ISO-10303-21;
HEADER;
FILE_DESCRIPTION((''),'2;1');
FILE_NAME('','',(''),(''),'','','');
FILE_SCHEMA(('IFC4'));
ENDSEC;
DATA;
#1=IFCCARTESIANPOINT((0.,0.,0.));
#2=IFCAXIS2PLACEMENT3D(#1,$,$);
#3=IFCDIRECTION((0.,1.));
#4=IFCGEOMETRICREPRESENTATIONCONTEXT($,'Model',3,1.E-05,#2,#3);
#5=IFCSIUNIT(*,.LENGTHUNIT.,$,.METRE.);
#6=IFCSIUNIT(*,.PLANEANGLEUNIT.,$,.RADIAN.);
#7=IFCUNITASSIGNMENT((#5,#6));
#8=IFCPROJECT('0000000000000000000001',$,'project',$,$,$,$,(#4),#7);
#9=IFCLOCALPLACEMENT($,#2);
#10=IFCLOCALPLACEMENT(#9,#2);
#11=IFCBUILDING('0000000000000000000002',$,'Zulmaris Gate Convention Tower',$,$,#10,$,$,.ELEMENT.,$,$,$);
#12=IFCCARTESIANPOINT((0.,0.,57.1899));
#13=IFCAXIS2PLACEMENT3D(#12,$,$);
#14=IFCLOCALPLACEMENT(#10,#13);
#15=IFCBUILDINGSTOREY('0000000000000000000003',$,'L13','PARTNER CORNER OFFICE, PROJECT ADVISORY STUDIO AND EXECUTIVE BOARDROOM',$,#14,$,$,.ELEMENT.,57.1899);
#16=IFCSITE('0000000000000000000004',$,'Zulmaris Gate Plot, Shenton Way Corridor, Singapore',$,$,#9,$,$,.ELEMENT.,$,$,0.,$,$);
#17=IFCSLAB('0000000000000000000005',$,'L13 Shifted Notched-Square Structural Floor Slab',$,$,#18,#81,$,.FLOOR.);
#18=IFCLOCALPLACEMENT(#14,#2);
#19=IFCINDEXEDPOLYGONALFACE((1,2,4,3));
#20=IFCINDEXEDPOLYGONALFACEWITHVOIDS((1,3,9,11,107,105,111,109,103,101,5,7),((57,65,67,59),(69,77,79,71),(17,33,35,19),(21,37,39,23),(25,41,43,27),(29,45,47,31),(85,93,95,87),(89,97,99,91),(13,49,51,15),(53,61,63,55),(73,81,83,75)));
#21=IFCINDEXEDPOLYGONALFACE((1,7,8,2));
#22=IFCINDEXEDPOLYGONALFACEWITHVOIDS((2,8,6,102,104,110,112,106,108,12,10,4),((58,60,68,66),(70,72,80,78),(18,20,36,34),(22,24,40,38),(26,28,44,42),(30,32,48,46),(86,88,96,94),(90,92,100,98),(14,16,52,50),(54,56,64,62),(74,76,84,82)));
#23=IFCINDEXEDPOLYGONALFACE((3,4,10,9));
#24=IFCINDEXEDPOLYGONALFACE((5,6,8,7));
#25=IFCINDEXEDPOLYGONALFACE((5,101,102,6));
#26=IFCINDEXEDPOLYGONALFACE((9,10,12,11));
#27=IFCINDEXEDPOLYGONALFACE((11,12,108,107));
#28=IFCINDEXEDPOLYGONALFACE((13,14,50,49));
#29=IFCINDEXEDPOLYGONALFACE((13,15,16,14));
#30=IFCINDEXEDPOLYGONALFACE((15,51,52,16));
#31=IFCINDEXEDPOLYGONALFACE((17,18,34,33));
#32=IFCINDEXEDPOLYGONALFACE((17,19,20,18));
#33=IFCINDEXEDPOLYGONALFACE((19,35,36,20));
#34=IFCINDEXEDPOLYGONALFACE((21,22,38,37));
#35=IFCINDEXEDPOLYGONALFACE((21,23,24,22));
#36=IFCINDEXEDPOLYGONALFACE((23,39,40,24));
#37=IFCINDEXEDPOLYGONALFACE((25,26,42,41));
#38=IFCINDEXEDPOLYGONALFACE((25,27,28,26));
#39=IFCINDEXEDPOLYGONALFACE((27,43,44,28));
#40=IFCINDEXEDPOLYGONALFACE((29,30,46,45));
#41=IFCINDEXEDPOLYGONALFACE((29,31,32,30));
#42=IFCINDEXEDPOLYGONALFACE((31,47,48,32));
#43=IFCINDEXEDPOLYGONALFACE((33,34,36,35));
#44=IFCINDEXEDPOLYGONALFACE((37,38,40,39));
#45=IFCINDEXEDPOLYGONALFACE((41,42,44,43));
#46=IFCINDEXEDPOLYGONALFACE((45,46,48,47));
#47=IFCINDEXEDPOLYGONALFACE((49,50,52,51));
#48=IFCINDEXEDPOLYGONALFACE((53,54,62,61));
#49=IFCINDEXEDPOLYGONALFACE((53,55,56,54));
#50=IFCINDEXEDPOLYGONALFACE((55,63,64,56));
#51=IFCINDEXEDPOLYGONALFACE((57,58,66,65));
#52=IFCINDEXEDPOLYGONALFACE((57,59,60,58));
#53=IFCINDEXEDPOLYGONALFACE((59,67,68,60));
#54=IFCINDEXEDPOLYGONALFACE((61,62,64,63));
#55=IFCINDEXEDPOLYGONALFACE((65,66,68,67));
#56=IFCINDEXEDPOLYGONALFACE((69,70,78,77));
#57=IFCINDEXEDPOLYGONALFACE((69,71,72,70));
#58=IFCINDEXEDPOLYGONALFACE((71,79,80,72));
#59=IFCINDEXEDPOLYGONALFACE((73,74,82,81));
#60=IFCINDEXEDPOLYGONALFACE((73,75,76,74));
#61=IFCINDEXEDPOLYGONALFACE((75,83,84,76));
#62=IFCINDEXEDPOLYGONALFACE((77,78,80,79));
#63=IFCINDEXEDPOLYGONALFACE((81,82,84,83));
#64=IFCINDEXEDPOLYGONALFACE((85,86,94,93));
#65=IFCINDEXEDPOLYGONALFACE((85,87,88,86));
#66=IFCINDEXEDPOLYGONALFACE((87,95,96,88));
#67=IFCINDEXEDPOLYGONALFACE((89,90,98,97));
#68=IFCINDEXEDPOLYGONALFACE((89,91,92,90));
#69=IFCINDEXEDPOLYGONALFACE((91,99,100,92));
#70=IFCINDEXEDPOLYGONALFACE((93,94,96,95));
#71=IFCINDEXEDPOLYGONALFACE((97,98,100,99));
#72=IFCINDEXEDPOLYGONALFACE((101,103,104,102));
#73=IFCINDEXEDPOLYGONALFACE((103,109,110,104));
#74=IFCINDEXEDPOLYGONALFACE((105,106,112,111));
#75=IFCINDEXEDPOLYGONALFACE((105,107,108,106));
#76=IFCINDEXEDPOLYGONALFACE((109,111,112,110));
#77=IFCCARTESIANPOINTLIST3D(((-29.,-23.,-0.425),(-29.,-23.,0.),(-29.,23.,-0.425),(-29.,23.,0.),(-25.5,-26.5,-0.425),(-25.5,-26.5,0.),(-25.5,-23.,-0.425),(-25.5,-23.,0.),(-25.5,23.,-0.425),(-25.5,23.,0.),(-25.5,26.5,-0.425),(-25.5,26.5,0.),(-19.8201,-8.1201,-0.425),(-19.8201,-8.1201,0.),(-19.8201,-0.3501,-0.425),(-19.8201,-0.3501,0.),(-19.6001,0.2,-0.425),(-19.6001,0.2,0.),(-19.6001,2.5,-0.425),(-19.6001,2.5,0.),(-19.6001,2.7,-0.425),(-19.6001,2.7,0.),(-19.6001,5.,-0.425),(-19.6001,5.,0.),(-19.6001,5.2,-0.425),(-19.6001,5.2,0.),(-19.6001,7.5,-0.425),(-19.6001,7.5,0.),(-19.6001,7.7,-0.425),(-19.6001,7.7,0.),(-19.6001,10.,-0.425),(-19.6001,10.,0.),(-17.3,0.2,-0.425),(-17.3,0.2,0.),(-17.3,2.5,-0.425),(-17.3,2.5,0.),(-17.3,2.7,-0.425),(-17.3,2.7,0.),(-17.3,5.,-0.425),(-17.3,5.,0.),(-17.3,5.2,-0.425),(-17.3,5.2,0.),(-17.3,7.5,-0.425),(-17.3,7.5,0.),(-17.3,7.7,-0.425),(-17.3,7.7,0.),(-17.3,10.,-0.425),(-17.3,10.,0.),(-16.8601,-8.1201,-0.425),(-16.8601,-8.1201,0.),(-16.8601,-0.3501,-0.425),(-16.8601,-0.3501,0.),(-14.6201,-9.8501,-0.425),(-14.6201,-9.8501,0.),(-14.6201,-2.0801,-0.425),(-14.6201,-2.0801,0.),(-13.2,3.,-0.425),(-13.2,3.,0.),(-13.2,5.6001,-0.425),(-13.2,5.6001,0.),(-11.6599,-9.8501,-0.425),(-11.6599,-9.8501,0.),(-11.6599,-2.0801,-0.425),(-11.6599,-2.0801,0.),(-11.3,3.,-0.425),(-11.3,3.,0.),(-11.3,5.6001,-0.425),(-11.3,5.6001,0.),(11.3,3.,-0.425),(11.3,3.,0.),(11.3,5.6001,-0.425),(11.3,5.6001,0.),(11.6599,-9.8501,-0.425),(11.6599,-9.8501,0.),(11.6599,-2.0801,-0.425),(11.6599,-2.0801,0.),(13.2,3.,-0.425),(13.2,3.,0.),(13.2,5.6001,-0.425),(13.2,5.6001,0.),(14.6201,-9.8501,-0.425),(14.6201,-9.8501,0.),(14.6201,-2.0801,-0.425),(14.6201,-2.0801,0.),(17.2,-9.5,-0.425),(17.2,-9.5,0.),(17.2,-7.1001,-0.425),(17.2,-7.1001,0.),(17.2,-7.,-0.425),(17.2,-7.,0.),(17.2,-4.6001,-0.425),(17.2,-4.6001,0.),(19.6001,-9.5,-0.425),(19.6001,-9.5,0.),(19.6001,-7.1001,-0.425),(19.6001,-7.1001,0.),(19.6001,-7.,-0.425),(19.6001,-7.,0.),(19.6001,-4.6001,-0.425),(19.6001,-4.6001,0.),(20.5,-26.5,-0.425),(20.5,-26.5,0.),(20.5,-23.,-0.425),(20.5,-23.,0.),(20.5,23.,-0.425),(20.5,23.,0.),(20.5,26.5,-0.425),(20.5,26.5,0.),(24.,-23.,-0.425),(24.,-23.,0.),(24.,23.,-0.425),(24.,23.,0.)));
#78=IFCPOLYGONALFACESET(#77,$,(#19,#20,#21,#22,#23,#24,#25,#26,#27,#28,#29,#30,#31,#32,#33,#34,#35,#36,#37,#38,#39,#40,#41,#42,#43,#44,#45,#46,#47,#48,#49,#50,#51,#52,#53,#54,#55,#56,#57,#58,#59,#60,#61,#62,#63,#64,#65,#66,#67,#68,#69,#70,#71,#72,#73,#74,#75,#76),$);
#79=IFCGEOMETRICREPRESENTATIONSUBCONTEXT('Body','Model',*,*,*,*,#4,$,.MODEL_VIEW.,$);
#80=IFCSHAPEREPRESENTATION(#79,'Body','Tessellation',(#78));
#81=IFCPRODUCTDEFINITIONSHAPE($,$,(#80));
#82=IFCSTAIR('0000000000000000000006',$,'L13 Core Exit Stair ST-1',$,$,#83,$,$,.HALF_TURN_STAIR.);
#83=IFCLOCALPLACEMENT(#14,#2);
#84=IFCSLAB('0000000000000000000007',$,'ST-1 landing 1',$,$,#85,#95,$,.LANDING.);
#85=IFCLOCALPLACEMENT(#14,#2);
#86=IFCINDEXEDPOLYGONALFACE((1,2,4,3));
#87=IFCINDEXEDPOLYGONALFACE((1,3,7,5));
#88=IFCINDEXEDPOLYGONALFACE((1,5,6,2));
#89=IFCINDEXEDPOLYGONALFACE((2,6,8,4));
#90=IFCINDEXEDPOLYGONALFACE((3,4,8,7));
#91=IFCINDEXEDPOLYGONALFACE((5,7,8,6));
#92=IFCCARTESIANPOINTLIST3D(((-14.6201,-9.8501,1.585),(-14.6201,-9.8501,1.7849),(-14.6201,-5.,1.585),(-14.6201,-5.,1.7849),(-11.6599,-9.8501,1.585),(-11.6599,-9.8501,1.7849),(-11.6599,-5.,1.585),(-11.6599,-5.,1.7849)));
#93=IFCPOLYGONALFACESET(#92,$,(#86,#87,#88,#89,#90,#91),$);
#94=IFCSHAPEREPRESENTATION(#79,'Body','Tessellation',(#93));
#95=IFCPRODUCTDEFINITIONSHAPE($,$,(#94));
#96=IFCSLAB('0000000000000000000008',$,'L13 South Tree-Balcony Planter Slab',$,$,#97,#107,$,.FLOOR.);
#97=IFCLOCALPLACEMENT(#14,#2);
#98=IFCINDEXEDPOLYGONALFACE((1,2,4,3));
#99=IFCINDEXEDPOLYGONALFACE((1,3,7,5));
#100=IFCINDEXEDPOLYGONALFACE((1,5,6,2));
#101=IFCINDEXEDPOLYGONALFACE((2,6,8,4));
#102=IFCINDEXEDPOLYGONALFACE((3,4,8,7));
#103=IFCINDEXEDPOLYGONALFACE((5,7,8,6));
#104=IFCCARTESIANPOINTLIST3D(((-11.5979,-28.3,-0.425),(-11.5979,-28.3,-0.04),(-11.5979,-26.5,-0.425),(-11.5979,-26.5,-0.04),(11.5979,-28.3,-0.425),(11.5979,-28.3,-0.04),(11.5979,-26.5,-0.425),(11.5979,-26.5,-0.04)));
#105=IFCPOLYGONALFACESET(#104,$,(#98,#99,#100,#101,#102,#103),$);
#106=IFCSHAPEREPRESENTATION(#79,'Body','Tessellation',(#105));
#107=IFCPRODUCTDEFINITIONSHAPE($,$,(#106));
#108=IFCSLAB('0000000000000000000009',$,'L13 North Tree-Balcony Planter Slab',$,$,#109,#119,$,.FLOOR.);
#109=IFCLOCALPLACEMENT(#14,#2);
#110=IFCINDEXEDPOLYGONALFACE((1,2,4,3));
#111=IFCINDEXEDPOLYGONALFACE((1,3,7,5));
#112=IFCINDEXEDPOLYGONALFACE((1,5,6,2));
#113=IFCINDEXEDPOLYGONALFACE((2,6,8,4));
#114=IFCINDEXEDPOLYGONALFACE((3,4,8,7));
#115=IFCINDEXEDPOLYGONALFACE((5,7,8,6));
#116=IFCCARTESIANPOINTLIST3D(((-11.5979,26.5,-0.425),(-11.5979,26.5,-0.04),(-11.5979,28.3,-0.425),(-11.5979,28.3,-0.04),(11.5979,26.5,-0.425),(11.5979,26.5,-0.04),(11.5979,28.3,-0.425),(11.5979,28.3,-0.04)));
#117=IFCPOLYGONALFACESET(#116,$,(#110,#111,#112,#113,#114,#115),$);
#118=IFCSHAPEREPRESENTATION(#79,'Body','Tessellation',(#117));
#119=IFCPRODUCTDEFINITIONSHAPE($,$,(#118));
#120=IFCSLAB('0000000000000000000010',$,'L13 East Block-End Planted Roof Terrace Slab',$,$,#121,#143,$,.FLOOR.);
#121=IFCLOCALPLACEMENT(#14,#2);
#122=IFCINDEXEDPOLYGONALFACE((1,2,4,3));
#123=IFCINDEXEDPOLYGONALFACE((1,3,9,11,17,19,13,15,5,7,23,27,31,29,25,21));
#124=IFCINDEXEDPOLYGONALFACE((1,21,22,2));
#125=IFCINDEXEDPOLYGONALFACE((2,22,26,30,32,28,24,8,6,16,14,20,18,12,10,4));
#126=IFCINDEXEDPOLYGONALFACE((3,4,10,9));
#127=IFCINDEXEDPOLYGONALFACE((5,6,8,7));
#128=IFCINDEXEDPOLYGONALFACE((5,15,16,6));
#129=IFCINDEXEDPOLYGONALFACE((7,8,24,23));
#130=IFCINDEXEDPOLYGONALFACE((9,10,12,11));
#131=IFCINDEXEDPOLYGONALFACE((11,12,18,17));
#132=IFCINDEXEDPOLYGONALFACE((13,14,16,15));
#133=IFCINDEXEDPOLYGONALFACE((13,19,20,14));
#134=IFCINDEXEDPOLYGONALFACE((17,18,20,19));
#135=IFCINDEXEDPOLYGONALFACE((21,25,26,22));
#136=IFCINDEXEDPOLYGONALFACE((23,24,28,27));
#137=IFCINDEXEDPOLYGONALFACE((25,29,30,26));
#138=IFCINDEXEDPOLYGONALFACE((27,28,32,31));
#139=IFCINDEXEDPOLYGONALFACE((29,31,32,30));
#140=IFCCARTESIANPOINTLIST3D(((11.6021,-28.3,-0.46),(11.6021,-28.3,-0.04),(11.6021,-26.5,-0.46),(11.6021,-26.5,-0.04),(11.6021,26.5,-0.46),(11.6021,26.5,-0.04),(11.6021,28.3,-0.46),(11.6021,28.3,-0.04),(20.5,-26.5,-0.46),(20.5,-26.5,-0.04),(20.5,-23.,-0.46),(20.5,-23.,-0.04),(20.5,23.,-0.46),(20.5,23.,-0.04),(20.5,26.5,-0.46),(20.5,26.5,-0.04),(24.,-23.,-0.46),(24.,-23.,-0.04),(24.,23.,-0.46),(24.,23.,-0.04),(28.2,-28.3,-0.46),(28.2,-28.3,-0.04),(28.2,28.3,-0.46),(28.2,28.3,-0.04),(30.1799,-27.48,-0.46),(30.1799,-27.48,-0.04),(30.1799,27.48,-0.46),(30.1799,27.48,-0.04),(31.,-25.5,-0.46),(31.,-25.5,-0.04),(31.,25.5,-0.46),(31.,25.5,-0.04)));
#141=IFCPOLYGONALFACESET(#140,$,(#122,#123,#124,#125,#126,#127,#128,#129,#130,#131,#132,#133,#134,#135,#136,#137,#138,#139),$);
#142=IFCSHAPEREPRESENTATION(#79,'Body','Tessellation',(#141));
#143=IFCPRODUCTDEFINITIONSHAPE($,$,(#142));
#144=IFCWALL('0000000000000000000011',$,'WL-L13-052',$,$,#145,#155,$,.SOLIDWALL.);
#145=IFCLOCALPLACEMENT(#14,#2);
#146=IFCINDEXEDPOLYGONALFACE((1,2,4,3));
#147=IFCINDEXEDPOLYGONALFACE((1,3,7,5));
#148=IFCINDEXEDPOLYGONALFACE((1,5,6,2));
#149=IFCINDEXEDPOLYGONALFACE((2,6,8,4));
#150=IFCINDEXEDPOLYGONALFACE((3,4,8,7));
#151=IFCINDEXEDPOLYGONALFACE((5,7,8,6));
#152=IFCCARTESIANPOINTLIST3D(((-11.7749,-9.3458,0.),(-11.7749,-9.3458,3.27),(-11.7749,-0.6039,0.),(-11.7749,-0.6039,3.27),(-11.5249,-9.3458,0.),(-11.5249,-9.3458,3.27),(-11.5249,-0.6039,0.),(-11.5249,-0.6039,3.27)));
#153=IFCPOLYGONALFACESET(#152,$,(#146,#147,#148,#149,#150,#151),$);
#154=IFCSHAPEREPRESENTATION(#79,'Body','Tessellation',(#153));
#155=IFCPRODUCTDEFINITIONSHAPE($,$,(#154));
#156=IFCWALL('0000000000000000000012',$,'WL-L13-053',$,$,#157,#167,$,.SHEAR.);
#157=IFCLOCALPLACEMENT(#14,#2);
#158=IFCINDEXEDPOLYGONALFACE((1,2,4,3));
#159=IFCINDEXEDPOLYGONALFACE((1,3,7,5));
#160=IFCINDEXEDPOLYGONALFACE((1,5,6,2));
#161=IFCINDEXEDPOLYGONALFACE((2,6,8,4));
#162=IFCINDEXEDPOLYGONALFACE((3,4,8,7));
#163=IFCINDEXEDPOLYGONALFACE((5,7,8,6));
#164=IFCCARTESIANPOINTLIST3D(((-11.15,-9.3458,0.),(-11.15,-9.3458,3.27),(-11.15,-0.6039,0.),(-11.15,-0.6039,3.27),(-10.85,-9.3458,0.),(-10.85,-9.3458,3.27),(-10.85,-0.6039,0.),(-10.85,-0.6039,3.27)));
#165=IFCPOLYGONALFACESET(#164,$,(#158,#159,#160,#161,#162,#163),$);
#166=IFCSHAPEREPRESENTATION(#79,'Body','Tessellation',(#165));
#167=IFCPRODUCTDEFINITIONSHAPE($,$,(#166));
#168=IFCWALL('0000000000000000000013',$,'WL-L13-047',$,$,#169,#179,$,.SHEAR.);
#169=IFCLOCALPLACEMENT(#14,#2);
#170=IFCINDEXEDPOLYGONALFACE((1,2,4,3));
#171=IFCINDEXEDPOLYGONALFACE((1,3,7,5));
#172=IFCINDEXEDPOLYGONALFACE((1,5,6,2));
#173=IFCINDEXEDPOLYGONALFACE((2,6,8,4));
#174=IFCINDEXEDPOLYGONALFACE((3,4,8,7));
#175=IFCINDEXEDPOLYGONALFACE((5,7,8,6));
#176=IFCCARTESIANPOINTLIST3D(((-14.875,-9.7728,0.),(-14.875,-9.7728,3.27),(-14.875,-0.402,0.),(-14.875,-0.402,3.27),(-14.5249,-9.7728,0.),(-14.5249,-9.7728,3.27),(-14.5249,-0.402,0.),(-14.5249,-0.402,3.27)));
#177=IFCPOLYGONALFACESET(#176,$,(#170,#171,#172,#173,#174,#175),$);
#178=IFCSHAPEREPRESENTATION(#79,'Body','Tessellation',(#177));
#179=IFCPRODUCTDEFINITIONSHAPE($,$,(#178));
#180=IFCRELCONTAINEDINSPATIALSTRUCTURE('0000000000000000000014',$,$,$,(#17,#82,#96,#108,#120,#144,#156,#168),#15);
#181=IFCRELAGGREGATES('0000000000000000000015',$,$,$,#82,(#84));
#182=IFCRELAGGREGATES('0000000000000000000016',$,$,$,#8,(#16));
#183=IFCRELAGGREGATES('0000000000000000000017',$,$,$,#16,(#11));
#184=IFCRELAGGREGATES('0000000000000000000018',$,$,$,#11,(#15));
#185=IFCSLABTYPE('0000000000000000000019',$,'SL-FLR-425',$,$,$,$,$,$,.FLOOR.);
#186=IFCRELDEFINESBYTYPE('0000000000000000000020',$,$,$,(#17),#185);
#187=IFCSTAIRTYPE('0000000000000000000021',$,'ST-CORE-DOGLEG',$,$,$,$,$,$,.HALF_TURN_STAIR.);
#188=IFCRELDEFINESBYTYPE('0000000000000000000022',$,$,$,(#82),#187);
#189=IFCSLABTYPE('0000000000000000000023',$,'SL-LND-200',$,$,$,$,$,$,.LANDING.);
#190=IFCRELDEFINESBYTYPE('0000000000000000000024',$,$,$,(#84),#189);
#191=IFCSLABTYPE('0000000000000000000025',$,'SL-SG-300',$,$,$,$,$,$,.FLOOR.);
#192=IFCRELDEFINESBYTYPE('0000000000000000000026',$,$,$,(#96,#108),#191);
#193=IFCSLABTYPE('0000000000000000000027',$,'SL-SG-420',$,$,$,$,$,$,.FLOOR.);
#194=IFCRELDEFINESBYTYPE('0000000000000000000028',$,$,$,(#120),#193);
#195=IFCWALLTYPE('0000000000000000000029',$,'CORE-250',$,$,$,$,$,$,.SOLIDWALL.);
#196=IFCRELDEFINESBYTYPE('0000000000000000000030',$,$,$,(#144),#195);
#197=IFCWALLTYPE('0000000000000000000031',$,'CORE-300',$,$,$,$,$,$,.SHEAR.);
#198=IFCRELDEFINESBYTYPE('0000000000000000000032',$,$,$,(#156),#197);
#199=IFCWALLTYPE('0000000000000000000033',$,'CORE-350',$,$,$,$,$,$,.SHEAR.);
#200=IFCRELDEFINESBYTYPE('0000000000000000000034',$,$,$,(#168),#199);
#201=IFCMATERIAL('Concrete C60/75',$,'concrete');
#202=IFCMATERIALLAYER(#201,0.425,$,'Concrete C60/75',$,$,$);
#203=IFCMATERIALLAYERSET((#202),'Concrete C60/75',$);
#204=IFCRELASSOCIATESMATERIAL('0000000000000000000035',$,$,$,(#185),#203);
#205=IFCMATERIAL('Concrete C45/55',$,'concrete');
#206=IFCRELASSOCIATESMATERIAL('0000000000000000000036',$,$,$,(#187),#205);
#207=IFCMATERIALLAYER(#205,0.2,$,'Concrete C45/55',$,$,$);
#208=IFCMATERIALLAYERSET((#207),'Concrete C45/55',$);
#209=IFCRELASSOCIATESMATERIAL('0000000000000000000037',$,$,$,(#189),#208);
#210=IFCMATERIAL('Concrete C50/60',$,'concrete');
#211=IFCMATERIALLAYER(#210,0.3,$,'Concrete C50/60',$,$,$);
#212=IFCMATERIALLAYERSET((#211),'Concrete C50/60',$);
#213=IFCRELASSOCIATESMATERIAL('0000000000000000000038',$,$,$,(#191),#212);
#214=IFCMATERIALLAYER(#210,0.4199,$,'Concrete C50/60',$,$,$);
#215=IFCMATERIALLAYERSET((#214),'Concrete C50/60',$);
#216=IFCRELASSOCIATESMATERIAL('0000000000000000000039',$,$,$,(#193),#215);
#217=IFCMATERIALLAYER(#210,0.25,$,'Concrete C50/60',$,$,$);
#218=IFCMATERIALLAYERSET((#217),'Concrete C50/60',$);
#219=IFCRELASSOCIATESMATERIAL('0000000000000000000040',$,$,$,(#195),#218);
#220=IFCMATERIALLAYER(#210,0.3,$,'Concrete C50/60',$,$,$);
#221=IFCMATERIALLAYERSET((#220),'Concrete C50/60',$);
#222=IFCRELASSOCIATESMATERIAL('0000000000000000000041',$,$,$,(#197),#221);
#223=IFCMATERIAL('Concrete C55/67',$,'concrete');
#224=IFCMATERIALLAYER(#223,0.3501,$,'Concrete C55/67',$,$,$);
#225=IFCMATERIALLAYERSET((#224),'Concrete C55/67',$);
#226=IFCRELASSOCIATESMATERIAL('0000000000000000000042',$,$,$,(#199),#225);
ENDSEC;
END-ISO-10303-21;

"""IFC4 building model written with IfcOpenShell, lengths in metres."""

from ifc_helpers import new_model, si_unit, direction, frame, frame_2d, origin, place, context, subcontext, project, spatial, polyline, rectangle, outline, extrude, material, layer, layer_set, type_object, element, aggregate, save


model = new_model("IFC4")

# Units and contexts
model_context = context("Model", 3, precision=1e-05, world=origin(), true_north=direction((0.0, 1.0)))
body_context = subcontext(model_context, "Body", "Model", "MODEL_VIEW")
ifc_project = project(units=[si_unit("LENGTHUNIT", "METRE"), si_unit("PLANEANGLEUNIT", "RADIAN")], contexts=[model_context])

# Site, building, storey
site_placement = place(None, origin())
site = spatial("IfcSite", under=ifc_project, at=site_placement, Name="Zulmaris Gate Plot, Shenton Way Corridor, Singapore", CompositionType="ELEMENT", RefElevation=0.0)
building_placement = place(site_placement, origin())
building = spatial("IfcBuilding", under=site, at=building_placement, Name="Zulmaris Gate Convention Tower", CompositionType="ELEMENT")
storey_placement = place(building_placement, frame((0.0, 0.0, 57.1899)))
storey = spatial("IfcBuildingStorey", under=building, at=storey_placement, Name="L13", Description="PARTNER CORNER OFFICE, PROJECT ADVISORY STUDIO AND EXECUTIVE BOARDROOM", CompositionType="ELEMENT", Elevation=57.1899)

# Slab
ifc_material_1 = material(Name="Concrete C60/75", Category="concrete")
ifc_layer_1 = layer(ifc_material_1, 0.425, Name="Concrete C60/75")
ifc_layer_set_1 = layer_set([ifc_layer_1], Name="Concrete C60/75")
slab_type_1 = type_object("IfcSlabType", Name="SL-FLR-425", PredefinedType="FLOOR", material=ifc_layer_set_1)
slab_1_placement = place(storey_placement, frame((0.0, 0.0, -0.425)))
element("IfcSlab", 1, at=slab_1_placement, inside=storey, type_object=slab_type_1, Name="L13 Shifted Notched-Square Structural Floor Slab", PredefinedType="FLOOR", context=body_context, shape_type="SweptSolid", body=[
    extrude(outline(polyline([(-25.5, -26.5), (20.5, -26.5), (20.5, -23.0), (24.0, -23.0), (24.0, 23.0), (20.5, 23.0), (20.5, 26.5), (-25.5, 26.5), (-25.5, 23.0), (-29.0, 23.0), (-29.0, -23.0), (-25.5, -23.0), (-25.5, -26.5)]), holes=[polyline([(-14.6201, -2.0801), (-14.6201, -9.8501), (-11.6599, -9.8501), (-11.6599, -2.0801), (-14.6201, -2.0801)]), polyline([(11.6599, -2.0801), (11.6599, -9.8501), (14.6201, -9.8501), (14.6201, -2.0801), (11.6599, -2.0801)]), polyline([(-16.8601, -8.1201), (-16.8601, -0.3501), (-19.8201, -0.3501), (-19.8201, -8.1201), (-16.8601, -8.1201)]), polyline([(-13.2, 3.0), (-11.3, 3.0), (-11.3, 5.6001), (-13.2, 5.6001), (-13.2, 3.0)]), polyline([(11.3, 3.0), (13.2, 3.0), (13.2, 5.6001), (11.3, 5.6001), (11.3, 3.0)]), polyline([(-19.6001, 0.2), (-17.3, 0.2), (-17.3, 2.5), (-19.6001, 2.5), (-19.6001, 0.2)]), polyline([(-19.6001, 2.7), (-17.3, 2.7), (-17.3, 5.0), (-19.6001, 5.0), (-19.6001, 2.7)]), polyline([(-19.6001, 5.2), (-17.3, 5.2), (-17.3, 7.5), (-19.6001, 7.5), (-19.6001, 5.2)]), polyline([(-19.6001, 7.7), (-17.3, 7.7), (-17.3, 10.0), (-19.6001, 10.0), (-19.6001, 7.7)]), polyline([(17.2, -9.5), (19.6001, -9.5), (19.6001, -7.1001), (17.2, -7.1001), (17.2, -9.5)]), polyline([(17.2, -7.0), (19.6001, -7.0), (19.6001, -4.6001), (17.2, -4.6001), (17.2, -7.0)])]), origin(), (0.0, 0.0, 1.0), 0.425),
])

# Stair, slab
ifc_material_2 = material(Name="Concrete C45/55", Category="concrete")
stair_type = type_object("IfcStairType", Name="ST-CORE-DOGLEG", PredefinedType="HALF_TURN_STAIR", material=ifc_material_2)
stair_placement = place(storey_placement, origin())
stair = element("IfcStair", 2, at=stair_placement, inside=storey, type_object=stair_type, Name="L13 Core Exit Stair ST-1", PredefinedType="HALF_TURN_STAIR")
ifc_layer_2 = layer(ifc_material_2, 0.2, Name="Concrete C45/55")
ifc_layer_set_2 = layer_set([ifc_layer_2], Name="Concrete C45/55")
slab_type_2 = type_object("IfcSlabType", Name="SL-LND-200", PredefinedType="LANDING", material=ifc_layer_set_2)
slab_2_placement = place(storey_placement, frame((0.0, 0.0, 1.585)))
slab_2 = element("IfcSlab", 3, at=slab_2_placement, type_object=slab_type_2, Name="ST-1 landing 1", PredefinedType="LANDING", context=body_context, shape_type="SweptSolid", body=[
    extrude(outline(polyline([(-14.6201, -5.0), (-14.6201, -9.8501), (-11.6599, -9.8501), (-11.6599, -5.0), (-14.6201, -5.0)])), origin(), (0.0, 0.0, 1.0), 0.2),
])

# Slabs
ifc_material_3 = material(Name="Concrete C50/60", Category="concrete")
ifc_layer_3 = layer(ifc_material_3, 0.3, Name="Concrete C50/60")
ifc_layer_set_3 = layer_set([ifc_layer_3], Name="Concrete C50/60")
slab_type_3 = type_object("IfcSlabType", Name="SL-SG-300", PredefinedType="FLOOR", material=ifc_layer_set_3)
slab_3_placement = place(storey_placement, frame((0.0, 0.0, -0.425)))
element("IfcSlab", 4, at=slab_3_placement, inside=storey, type_object=slab_type_3, Name="L13 South Tree-Balcony Planter Slab", PredefinedType="FLOOR", context=body_context, shape_type="SweptSolid", body=[
    extrude(outline(polyline([(-11.5979, -28.3), (-11.5979, -26.5), (11.5979, -26.5), (11.5979, -28.3), (-11.5979, -28.3)])), origin(), (0.0, 0.0, 1.0), 0.385),
])
slab_4_placement = place(storey_placement, frame((0.0, 0.0, -0.425)))
element("IfcSlab", 5, at=slab_4_placement, inside=storey, type_object=slab_type_3, Name="L13 North Tree-Balcony Planter Slab", PredefinedType="FLOOR", context=body_context, shape_type="SweptSolid", body=[
    extrude(outline(polyline([(11.5979, 28.3), (11.5979, 26.5), (-11.5979, 26.5), (-11.5979, 28.3), (11.5979, 28.3)])), origin(), (0.0, 0.0, 1.0), 0.385),
])
ifc_layer_4 = layer(ifc_material_3, 0.4199, Name="Concrete C50/60")
ifc_layer_set_4 = layer_set([ifc_layer_4], Name="Concrete C50/60")
slab_type_4 = type_object("IfcSlabType", Name="SL-SG-420", PredefinedType="FLOOR", material=ifc_layer_set_4)
slab_5_placement = place(storey_placement, frame((0.0, 0.0, -0.46)))
element("IfcSlab", 6, at=slab_5_placement, inside=storey, type_object=slab_type_4, Name="L13 East Block-End Planted Roof Terrace Slab", PredefinedType="FLOOR", context=body_context, shape_type="SweptSolid", body=[
    extrude(outline(polyline([(28.2, 28.3), (30.1799, 27.48), (31.0, 25.5), (31.0, -25.5), (30.1799, -27.48), (28.2, -28.3), (11.6021, -28.3), (11.6021, -26.5), (20.5, -26.5), (20.5, -23.0), (24.0, -23.0), (24.0, 23.0), (20.5, 23.0), (20.5, 26.5), (11.6021, 26.5), (11.6021, 28.3), (28.2, 28.3)])), origin(), (0.0, 0.0, 1.0), 0.4199),
])

# Walls
ifc_layer_5 = layer(ifc_material_3, 0.25, Name="Concrete C50/60")
ifc_layer_set_5 = layer_set([ifc_layer_5], Name="Concrete C50/60")
wall_type_1 = type_object("IfcWallType", Name="CORE-250", PredefinedType="SOLIDWALL", material=ifc_layer_set_5)
wall_1_placement = place(storey_placement, frame((-11.6499, -9.3459, 0.0), z_axis=(0.0, 0.0, 1.0), x_axis=(0.0, 1.0, 0.0)))
element("IfcWall", 7, at=wall_1_placement, inside=storey, type_object=wall_type_1, Name="WL-L13-052", PredefinedType="SOLIDWALL", context=body_context, shape_type="SweptSolid", body=[
    extrude(rectangle(XDim=8.7419, YDim=0.25, at=frame_2d((4.3711, 0.0))), origin(), (0.0, 0.0, 1.0), 3.27),
])
ifc_layer_6 = layer(ifc_material_3, 0.3, Name="Concrete C50/60")
ifc_layer_set_6 = layer_set([ifc_layer_6], Name="Concrete C50/60")
wall_type_2 = type_object("IfcWallType", Name="CORE-300", PredefinedType="SHEAR", material=ifc_layer_set_6)
wall_2_placement = place(storey_placement, frame((-11.0, -9.3459, 0.0), z_axis=(0.0, 0.0, 1.0), x_axis=(0.0, 1.0, 0.0)))
element("IfcWall", 8, at=wall_2_placement, inside=storey, type_object=wall_type_2, Name="WL-L13-053", PredefinedType="SHEAR", context=body_context, shape_type="SweptSolid", body=[
    extrude(rectangle(XDim=8.7419, YDim=0.3, at=frame_2d((4.3711, 0.0))), origin(), (0.0, 0.0, 1.0), 3.27),
])
ifc_material_4 = material(Name="Concrete C55/67", Category="concrete")
ifc_layer_7 = layer(ifc_material_4, 0.3501, Name="Concrete C55/67")
ifc_layer_set_7 = layer_set([ifc_layer_7], Name="Concrete C55/67")
wall_type_3 = type_object("IfcWallType", Name="CORE-350", PredefinedType="SHEAR", material=ifc_layer_set_7)
wall_3_placement = place(storey_placement, frame((-14.7, -9.7729, 0.0), z_axis=(0.0, 0.0, 1.0), x_axis=(0.0, 1.0, 0.0)))
element("IfcWall", 9, at=wall_3_placement, inside=storey, type_object=wall_type_3, Name="WL-L13-047", PredefinedType="SHEAR", context=body_context, shape_type="SweptSolid", body=[
    extrude(rectangle(XDim=9.3708, YDim=0.3501, at=frame_2d((4.6855, 0.0))), origin(), (0.0, 0.0, 1.0), 3.27),
])

aggregate(stair, [slab_2])

save(model, "model.ifc")
